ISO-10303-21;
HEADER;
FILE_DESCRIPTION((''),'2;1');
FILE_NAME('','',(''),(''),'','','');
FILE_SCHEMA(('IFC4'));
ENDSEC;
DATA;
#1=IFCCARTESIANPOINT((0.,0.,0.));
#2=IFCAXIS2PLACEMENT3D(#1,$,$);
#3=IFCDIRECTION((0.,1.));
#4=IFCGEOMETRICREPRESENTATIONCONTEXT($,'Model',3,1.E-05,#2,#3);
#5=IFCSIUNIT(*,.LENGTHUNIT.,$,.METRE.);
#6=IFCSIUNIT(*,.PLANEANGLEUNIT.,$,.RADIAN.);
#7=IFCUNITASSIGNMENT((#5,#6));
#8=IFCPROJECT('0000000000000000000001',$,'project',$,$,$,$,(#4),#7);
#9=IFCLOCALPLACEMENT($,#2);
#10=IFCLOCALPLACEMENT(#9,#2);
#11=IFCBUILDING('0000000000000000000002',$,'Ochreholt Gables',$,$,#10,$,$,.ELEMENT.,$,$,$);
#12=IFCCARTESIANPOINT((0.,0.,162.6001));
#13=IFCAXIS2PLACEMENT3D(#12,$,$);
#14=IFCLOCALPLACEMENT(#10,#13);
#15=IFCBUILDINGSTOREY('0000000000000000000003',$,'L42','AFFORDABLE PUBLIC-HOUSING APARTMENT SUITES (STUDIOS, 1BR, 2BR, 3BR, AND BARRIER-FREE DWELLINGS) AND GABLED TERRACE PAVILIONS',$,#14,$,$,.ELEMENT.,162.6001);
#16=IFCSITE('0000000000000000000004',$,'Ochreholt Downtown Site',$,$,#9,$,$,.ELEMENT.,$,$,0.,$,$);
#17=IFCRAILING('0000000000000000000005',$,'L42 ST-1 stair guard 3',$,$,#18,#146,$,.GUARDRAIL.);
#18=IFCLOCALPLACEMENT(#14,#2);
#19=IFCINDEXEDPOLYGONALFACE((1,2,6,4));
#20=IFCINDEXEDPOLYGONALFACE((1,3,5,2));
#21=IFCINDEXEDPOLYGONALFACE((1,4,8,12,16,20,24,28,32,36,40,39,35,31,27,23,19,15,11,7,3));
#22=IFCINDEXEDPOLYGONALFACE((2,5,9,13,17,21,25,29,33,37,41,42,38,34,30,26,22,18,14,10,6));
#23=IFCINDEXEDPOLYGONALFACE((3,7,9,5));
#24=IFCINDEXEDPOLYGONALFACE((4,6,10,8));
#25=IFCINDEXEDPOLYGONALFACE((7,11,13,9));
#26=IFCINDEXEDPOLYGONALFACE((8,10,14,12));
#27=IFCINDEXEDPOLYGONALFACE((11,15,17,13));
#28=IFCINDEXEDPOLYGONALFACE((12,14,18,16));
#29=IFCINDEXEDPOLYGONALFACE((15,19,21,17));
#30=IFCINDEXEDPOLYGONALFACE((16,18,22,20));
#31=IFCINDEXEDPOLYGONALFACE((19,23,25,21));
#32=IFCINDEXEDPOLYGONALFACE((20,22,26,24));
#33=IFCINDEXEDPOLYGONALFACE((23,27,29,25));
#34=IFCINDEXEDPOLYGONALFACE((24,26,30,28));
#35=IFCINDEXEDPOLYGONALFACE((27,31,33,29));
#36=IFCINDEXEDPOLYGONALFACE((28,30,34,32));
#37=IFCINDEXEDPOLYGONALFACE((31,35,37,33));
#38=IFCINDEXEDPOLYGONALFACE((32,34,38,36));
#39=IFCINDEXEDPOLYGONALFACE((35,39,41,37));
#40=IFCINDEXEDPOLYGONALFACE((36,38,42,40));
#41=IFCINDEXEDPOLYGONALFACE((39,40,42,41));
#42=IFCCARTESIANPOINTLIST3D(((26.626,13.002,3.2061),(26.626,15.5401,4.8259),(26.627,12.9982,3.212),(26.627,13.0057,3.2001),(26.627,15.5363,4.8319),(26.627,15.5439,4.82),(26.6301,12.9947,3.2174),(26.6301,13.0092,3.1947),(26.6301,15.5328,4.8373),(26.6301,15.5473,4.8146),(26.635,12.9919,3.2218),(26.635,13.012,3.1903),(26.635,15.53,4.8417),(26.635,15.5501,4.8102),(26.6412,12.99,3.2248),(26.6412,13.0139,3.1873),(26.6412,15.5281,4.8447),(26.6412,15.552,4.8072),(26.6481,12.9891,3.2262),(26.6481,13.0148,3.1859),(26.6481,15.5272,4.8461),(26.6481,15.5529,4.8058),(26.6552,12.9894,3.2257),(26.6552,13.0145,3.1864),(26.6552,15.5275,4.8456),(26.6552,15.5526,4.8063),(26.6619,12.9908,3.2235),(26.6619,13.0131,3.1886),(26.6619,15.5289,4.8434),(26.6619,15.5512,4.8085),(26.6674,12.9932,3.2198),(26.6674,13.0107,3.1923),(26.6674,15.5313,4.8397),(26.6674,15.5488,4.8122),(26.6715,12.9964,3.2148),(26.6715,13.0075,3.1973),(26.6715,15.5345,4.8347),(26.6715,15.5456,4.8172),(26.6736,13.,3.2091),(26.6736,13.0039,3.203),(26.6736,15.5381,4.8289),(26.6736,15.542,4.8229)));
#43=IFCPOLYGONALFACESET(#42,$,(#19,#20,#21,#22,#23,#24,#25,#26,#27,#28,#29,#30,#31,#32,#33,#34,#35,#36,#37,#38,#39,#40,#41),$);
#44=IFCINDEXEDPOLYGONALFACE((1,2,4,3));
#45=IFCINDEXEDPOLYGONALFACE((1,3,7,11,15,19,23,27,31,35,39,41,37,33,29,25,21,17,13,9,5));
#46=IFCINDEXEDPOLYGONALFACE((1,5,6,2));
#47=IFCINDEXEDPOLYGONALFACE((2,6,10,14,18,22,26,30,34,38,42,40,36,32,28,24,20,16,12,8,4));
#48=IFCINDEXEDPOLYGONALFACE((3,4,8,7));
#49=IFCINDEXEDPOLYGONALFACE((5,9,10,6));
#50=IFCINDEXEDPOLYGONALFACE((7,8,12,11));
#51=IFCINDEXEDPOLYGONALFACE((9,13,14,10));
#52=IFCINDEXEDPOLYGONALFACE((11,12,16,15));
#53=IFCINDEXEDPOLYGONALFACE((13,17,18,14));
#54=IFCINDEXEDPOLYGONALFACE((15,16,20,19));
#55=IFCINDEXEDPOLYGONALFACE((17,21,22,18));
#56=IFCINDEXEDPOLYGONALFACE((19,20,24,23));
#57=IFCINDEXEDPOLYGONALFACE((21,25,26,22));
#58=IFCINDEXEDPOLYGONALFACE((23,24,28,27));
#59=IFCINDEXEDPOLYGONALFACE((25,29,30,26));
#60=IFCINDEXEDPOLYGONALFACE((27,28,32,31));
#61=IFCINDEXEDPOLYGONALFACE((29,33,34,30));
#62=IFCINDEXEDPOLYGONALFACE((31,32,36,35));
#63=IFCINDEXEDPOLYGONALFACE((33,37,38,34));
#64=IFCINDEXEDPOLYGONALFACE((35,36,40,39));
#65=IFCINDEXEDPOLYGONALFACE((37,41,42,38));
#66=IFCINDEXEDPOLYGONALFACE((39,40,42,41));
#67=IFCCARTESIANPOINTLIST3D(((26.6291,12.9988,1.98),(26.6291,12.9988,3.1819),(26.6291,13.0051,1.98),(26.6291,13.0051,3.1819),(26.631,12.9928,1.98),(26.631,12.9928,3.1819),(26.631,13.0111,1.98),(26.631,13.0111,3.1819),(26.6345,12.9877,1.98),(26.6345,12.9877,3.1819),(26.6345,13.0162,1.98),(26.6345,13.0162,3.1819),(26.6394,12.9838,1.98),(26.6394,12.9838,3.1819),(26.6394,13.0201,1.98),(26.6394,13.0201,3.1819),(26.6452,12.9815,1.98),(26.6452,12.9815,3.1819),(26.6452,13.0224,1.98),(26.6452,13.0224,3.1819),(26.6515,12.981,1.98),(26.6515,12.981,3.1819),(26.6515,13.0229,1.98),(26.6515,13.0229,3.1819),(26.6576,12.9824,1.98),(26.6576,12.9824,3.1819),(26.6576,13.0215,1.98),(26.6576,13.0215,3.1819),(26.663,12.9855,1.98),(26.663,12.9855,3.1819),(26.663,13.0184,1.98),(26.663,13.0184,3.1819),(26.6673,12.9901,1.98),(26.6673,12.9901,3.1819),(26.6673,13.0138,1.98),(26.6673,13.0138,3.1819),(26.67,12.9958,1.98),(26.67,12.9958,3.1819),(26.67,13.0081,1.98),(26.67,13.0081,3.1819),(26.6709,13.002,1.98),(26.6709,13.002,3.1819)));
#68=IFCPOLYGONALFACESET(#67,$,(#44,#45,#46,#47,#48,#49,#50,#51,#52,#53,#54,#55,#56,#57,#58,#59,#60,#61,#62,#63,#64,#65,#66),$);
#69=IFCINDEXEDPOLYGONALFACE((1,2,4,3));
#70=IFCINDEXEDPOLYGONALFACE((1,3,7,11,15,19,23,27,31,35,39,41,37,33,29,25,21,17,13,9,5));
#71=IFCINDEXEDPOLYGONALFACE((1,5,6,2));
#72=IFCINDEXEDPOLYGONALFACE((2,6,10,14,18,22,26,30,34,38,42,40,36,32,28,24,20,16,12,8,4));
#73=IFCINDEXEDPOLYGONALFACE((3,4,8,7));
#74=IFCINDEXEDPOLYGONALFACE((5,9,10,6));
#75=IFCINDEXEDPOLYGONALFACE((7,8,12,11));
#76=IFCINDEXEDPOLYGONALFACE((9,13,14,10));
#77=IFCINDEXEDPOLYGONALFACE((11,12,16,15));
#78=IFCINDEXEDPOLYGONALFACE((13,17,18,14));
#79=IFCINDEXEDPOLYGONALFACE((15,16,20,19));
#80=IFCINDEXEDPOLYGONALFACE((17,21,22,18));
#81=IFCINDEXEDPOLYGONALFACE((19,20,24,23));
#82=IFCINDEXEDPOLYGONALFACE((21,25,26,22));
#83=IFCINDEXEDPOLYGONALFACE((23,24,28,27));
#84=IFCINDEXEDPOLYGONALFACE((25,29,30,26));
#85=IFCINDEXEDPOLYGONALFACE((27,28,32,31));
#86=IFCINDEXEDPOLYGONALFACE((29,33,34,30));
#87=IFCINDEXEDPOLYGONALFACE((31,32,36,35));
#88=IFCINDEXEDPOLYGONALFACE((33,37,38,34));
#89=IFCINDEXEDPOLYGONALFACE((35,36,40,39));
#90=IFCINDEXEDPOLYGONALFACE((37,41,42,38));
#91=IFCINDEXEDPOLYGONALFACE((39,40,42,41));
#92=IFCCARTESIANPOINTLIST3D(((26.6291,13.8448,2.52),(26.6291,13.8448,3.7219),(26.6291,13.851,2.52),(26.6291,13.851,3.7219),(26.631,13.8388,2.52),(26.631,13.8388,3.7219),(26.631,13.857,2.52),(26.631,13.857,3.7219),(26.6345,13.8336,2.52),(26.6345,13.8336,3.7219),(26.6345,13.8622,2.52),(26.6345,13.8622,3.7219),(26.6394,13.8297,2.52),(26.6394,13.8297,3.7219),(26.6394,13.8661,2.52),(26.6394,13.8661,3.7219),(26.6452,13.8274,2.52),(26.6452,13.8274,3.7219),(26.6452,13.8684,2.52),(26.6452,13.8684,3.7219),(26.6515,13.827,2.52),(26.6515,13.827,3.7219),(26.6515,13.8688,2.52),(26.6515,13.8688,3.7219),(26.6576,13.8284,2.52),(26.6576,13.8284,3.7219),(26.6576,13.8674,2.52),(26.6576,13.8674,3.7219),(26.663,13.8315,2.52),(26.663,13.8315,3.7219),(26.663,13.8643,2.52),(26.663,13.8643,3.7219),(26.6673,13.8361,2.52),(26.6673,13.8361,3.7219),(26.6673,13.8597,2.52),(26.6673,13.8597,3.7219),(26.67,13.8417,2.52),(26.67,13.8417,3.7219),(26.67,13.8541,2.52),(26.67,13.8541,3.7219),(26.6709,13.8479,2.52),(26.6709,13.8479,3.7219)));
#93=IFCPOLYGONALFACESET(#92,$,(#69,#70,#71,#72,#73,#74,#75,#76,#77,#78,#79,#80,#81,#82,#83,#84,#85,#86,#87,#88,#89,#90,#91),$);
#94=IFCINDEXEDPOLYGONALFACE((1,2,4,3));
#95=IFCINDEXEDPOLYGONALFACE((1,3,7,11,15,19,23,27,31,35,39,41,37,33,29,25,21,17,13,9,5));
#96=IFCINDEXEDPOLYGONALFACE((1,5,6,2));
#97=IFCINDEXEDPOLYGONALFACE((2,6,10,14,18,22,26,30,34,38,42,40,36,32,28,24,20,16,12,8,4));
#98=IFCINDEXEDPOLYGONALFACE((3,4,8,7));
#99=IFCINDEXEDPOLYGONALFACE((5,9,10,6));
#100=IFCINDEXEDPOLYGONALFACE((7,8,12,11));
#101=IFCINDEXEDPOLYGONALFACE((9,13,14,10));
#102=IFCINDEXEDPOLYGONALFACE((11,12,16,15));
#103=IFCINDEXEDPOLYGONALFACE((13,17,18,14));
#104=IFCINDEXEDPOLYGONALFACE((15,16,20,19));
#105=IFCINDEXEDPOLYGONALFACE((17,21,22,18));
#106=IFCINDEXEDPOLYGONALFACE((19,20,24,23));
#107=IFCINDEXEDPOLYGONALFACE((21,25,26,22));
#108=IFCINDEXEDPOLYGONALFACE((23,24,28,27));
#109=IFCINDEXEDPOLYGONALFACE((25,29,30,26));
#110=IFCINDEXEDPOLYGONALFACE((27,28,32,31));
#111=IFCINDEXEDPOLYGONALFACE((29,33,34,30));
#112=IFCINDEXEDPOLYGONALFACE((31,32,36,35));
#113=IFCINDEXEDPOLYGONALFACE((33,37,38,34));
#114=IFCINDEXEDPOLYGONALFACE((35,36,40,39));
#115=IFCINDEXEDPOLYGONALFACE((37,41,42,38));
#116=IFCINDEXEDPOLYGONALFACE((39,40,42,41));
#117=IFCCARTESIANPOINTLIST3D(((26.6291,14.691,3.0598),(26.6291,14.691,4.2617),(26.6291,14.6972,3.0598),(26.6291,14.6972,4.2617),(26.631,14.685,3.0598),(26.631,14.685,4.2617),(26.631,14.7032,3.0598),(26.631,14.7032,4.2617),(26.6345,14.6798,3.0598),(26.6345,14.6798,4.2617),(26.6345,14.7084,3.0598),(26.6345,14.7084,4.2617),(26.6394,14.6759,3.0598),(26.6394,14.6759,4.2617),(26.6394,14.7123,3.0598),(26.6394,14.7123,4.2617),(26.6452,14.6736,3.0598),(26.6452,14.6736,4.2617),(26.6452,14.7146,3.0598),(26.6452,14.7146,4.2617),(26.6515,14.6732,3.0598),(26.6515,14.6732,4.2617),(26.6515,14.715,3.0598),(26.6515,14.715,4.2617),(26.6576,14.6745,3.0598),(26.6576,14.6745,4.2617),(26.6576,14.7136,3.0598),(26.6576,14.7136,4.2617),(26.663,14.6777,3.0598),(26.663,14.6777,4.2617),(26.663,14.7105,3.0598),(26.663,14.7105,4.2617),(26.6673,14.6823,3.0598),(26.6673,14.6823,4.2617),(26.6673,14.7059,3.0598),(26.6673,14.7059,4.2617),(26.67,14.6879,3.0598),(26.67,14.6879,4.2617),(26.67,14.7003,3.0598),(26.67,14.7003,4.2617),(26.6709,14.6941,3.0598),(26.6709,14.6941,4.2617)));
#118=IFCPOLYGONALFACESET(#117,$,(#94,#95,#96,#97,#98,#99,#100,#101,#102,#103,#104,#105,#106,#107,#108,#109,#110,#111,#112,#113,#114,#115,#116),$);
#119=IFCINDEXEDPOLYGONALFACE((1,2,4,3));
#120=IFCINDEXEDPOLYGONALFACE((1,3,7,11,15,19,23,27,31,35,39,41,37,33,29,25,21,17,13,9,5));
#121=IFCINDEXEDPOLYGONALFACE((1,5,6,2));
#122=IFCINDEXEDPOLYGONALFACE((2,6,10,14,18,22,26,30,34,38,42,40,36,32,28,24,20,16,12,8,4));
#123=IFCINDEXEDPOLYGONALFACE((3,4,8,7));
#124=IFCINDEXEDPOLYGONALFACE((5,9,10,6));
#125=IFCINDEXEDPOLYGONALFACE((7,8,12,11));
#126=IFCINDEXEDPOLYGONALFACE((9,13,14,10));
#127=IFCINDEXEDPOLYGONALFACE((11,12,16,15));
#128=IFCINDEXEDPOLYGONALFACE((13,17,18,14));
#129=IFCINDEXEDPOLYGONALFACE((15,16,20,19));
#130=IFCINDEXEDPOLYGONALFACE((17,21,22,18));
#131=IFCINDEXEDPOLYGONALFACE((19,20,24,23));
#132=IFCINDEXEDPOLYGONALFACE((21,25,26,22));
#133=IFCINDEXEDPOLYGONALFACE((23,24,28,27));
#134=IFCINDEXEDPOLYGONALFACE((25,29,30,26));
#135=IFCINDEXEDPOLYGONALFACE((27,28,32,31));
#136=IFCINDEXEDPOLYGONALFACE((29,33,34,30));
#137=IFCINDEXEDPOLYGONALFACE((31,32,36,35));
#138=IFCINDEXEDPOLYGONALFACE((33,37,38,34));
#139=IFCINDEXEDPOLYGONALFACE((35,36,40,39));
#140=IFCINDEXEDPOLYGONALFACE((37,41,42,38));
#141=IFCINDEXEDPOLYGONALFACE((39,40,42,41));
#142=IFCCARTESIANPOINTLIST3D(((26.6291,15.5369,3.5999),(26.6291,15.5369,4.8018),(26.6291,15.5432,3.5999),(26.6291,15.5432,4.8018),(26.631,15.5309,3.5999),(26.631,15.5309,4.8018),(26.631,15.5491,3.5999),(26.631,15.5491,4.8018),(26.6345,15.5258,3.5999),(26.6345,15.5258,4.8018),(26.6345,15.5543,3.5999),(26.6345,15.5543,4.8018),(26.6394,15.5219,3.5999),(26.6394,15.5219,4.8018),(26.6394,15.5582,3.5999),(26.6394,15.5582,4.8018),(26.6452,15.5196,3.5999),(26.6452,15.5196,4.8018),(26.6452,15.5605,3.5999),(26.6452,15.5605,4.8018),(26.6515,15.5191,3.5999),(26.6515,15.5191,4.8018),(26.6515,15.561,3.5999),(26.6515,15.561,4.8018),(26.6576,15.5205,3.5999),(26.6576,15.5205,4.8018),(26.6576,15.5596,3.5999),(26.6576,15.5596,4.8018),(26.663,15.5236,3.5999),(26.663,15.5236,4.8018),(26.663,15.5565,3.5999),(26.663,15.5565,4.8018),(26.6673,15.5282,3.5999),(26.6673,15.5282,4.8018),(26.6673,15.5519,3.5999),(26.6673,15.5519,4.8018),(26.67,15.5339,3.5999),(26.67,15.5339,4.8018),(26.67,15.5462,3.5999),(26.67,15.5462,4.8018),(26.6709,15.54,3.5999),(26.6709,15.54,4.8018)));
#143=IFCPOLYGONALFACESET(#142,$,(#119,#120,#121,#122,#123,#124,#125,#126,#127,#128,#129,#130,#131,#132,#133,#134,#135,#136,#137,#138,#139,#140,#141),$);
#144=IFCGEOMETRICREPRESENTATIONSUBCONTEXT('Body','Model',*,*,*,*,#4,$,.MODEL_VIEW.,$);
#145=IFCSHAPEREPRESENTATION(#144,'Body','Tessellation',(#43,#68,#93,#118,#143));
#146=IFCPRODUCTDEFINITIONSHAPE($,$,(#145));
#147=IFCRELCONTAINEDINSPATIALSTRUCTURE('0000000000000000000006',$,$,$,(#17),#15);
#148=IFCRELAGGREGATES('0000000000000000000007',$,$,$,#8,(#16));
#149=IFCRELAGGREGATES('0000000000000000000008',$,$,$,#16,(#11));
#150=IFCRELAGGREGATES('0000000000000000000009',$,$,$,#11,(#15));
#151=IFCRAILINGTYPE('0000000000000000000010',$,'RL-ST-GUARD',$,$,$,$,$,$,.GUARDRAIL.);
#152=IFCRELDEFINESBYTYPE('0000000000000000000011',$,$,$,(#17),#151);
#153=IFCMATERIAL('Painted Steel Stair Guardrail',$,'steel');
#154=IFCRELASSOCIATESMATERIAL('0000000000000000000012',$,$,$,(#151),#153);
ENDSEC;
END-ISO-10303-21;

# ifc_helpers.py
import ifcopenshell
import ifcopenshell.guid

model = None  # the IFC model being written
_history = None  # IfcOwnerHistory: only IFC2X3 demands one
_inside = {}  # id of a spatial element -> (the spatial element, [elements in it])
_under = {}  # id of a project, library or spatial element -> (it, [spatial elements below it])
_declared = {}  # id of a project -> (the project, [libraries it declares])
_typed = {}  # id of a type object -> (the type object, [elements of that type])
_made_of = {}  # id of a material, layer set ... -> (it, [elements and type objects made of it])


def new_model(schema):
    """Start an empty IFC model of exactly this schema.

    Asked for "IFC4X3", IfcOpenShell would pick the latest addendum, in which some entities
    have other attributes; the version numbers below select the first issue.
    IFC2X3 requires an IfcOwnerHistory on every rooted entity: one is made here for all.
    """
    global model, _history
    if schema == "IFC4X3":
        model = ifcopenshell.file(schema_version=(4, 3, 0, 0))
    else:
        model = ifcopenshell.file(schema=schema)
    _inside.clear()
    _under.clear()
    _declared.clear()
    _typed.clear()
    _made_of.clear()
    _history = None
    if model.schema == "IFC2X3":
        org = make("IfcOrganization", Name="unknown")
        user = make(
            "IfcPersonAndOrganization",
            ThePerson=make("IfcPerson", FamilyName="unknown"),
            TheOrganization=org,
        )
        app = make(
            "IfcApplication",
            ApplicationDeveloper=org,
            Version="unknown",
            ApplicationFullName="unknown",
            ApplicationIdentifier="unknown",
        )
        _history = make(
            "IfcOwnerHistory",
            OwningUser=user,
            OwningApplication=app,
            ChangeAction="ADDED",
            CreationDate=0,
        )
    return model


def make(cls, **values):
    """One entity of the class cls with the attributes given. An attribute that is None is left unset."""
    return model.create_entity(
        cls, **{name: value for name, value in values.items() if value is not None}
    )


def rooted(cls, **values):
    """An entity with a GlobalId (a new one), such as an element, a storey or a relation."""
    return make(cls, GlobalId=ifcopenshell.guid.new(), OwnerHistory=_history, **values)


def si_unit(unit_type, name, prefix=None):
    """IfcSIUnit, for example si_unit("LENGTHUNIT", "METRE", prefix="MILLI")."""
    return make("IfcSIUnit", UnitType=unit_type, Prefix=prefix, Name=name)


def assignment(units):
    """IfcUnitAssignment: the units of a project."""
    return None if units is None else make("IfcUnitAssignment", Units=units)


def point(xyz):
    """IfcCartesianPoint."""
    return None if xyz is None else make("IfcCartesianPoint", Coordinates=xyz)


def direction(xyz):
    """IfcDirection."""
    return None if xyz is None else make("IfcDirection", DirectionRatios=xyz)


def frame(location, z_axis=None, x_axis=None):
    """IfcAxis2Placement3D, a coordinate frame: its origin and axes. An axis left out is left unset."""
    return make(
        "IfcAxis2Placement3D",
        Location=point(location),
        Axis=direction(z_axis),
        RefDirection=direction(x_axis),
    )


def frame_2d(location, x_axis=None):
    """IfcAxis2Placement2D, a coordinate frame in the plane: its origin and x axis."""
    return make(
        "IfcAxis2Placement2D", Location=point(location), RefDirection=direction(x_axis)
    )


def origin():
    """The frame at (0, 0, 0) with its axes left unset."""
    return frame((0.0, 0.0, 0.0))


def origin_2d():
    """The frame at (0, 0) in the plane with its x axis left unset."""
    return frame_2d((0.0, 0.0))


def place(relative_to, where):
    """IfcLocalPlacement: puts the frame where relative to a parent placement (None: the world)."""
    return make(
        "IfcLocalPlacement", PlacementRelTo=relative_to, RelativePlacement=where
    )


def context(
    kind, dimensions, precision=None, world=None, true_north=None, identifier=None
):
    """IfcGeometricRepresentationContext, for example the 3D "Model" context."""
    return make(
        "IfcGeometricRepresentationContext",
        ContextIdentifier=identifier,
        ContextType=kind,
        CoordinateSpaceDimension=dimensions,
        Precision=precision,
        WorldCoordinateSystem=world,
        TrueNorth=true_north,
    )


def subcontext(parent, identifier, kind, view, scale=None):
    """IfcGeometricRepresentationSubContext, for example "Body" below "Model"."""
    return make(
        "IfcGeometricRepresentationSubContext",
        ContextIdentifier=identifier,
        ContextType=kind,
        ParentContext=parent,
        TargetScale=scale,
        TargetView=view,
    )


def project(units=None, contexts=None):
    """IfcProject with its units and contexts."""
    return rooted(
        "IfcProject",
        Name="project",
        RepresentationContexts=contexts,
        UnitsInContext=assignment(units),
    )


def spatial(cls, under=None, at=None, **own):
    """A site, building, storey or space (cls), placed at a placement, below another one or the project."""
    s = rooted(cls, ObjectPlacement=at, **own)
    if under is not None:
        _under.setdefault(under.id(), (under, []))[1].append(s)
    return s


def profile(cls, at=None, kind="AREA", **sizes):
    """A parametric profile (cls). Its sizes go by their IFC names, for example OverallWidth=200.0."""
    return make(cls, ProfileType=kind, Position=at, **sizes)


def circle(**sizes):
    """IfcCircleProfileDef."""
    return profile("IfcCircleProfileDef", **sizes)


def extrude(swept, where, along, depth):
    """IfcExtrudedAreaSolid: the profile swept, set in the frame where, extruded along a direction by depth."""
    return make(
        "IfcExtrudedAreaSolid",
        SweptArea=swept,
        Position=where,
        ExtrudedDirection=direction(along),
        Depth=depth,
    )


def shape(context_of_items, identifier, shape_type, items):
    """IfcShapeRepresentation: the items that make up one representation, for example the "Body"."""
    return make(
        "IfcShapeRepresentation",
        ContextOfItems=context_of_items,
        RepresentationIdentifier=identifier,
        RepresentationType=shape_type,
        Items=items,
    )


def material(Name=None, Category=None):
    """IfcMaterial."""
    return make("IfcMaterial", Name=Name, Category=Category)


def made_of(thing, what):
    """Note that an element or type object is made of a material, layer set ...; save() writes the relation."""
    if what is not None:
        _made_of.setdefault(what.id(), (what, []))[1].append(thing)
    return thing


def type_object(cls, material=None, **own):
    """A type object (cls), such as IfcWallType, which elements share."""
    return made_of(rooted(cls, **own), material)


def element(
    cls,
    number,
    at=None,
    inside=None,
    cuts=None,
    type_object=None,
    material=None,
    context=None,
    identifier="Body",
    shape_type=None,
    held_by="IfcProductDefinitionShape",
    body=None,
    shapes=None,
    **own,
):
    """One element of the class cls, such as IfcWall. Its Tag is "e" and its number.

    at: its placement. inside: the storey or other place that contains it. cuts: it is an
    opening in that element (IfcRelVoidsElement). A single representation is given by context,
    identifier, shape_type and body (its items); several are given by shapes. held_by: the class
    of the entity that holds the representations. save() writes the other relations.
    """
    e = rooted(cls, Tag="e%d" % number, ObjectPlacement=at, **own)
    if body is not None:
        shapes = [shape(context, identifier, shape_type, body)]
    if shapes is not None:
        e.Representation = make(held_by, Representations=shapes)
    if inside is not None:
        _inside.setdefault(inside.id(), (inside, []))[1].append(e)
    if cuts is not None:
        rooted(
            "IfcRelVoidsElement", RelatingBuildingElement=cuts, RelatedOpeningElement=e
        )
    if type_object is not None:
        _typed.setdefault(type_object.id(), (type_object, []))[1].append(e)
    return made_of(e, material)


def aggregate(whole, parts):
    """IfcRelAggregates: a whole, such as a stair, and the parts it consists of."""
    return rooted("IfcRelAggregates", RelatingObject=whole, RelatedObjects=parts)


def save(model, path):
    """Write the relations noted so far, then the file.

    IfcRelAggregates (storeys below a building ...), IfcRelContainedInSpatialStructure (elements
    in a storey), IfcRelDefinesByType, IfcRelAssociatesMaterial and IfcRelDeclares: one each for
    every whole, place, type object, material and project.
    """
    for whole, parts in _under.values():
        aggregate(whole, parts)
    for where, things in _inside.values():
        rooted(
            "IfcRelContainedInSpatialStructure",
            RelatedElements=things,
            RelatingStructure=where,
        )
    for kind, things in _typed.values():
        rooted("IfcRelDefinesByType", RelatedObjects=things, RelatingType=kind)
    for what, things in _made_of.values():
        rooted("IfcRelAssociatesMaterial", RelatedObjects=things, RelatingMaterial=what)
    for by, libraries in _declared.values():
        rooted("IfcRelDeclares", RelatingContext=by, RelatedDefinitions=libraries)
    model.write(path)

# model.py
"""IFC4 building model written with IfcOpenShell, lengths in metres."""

from ifc_helpers import new_model, si_unit, direction, frame, origin, origin_2d, place, context, subcontext, project, spatial, circle, extrude, material, type_object, element, save


model = new_model("IFC4")

# Units and contexts
model_context = context("Model", 3, precision=1e-05, world=origin(), true_north=direction((0.0, 1.0)))
body_context = subcontext(model_context, "Body", "Model", "MODEL_VIEW")
ifc_project = project(units=[si_unit("LENGTHUNIT", "METRE"), si_unit("PLANEANGLEUNIT", "RADIAN")], contexts=[model_context])

# Site, building, storey
site_placement = place(None, origin())
site = spatial("IfcSite", under=ifc_project, at=site_placement, Name="Ochreholt Downtown Site", CompositionType="ELEMENT", RefElevation=0.0)
building_placement = place(site_placement, origin())
building = spatial("IfcBuilding", under=site, at=building_placement, Name="Ochreholt Gables", CompositionType="ELEMENT")
storey_placement = place(building_placement, frame((0.0, 0.0, 162.6001)))
storey = spatial("IfcBuildingStorey", under=building, at=storey_placement, Name="L42", Description="AFFORDABLE PUBLIC-HOUSING APARTMENT SUITES (STUDIOS, 1BR, 2BR, 3BR, AND BARRIER-FREE DWELLINGS) AND GABLED TERRACE PAVILIONS", CompositionType="ELEMENT", Elevation=162.6001)

# Railing
ifc_material_1 = material(Name="Painted Steel Stair Guardrail", Category="steel")
railing_type_1 = type_object("IfcRailingType", Name="RL-ST-GUARD", PredefinedType="GUARDRAIL", material=ifc_material_1)
railing_1_placement = place(storey_placement, frame((26.6499, 13.002, 1.98)))
element("IfcRailing", 1, at=railing_1_placement, inside=storey, type_object=railing_type_1, Name="L42 ST-1 stair guard 3", PredefinedType="GUARDRAIL", context=body_context, shape_type="SweptSolid", body=[
    extrude(circle(Radius=0.0239, at=origin_2d()), frame((0.0, 0.0, 1.2261), z_axis=(0.0, 0.84295, 0.537993), x_axis=(-1.0, 0.0, 0.0)), (0.0, 0.0, 1.0), 3.011),
    extrude(circle(Radius=0.021, at=origin_2d()), origin(), (0.0, 0.0, 1.0), 1.2019),
    extrude(circle(Radius=0.021, at=origin_2d()), frame((0.0, 0.8459, 0.54)), (0.0, 0.0, 1.0), 1.2019),
    extrude(circle(Radius=0.021, at=origin_2d()), frame((0.0, 1.6921, 1.0798)), (0.0, 0.0, 1.0), 1.2019),
    extrude(circle(Radius=0.021, at=origin_2d()), frame((0.0, 2.5381, 1.6199)), (0.0, 0.0, 1.0), 1.2019),
])

save(model, "model.ifc")
